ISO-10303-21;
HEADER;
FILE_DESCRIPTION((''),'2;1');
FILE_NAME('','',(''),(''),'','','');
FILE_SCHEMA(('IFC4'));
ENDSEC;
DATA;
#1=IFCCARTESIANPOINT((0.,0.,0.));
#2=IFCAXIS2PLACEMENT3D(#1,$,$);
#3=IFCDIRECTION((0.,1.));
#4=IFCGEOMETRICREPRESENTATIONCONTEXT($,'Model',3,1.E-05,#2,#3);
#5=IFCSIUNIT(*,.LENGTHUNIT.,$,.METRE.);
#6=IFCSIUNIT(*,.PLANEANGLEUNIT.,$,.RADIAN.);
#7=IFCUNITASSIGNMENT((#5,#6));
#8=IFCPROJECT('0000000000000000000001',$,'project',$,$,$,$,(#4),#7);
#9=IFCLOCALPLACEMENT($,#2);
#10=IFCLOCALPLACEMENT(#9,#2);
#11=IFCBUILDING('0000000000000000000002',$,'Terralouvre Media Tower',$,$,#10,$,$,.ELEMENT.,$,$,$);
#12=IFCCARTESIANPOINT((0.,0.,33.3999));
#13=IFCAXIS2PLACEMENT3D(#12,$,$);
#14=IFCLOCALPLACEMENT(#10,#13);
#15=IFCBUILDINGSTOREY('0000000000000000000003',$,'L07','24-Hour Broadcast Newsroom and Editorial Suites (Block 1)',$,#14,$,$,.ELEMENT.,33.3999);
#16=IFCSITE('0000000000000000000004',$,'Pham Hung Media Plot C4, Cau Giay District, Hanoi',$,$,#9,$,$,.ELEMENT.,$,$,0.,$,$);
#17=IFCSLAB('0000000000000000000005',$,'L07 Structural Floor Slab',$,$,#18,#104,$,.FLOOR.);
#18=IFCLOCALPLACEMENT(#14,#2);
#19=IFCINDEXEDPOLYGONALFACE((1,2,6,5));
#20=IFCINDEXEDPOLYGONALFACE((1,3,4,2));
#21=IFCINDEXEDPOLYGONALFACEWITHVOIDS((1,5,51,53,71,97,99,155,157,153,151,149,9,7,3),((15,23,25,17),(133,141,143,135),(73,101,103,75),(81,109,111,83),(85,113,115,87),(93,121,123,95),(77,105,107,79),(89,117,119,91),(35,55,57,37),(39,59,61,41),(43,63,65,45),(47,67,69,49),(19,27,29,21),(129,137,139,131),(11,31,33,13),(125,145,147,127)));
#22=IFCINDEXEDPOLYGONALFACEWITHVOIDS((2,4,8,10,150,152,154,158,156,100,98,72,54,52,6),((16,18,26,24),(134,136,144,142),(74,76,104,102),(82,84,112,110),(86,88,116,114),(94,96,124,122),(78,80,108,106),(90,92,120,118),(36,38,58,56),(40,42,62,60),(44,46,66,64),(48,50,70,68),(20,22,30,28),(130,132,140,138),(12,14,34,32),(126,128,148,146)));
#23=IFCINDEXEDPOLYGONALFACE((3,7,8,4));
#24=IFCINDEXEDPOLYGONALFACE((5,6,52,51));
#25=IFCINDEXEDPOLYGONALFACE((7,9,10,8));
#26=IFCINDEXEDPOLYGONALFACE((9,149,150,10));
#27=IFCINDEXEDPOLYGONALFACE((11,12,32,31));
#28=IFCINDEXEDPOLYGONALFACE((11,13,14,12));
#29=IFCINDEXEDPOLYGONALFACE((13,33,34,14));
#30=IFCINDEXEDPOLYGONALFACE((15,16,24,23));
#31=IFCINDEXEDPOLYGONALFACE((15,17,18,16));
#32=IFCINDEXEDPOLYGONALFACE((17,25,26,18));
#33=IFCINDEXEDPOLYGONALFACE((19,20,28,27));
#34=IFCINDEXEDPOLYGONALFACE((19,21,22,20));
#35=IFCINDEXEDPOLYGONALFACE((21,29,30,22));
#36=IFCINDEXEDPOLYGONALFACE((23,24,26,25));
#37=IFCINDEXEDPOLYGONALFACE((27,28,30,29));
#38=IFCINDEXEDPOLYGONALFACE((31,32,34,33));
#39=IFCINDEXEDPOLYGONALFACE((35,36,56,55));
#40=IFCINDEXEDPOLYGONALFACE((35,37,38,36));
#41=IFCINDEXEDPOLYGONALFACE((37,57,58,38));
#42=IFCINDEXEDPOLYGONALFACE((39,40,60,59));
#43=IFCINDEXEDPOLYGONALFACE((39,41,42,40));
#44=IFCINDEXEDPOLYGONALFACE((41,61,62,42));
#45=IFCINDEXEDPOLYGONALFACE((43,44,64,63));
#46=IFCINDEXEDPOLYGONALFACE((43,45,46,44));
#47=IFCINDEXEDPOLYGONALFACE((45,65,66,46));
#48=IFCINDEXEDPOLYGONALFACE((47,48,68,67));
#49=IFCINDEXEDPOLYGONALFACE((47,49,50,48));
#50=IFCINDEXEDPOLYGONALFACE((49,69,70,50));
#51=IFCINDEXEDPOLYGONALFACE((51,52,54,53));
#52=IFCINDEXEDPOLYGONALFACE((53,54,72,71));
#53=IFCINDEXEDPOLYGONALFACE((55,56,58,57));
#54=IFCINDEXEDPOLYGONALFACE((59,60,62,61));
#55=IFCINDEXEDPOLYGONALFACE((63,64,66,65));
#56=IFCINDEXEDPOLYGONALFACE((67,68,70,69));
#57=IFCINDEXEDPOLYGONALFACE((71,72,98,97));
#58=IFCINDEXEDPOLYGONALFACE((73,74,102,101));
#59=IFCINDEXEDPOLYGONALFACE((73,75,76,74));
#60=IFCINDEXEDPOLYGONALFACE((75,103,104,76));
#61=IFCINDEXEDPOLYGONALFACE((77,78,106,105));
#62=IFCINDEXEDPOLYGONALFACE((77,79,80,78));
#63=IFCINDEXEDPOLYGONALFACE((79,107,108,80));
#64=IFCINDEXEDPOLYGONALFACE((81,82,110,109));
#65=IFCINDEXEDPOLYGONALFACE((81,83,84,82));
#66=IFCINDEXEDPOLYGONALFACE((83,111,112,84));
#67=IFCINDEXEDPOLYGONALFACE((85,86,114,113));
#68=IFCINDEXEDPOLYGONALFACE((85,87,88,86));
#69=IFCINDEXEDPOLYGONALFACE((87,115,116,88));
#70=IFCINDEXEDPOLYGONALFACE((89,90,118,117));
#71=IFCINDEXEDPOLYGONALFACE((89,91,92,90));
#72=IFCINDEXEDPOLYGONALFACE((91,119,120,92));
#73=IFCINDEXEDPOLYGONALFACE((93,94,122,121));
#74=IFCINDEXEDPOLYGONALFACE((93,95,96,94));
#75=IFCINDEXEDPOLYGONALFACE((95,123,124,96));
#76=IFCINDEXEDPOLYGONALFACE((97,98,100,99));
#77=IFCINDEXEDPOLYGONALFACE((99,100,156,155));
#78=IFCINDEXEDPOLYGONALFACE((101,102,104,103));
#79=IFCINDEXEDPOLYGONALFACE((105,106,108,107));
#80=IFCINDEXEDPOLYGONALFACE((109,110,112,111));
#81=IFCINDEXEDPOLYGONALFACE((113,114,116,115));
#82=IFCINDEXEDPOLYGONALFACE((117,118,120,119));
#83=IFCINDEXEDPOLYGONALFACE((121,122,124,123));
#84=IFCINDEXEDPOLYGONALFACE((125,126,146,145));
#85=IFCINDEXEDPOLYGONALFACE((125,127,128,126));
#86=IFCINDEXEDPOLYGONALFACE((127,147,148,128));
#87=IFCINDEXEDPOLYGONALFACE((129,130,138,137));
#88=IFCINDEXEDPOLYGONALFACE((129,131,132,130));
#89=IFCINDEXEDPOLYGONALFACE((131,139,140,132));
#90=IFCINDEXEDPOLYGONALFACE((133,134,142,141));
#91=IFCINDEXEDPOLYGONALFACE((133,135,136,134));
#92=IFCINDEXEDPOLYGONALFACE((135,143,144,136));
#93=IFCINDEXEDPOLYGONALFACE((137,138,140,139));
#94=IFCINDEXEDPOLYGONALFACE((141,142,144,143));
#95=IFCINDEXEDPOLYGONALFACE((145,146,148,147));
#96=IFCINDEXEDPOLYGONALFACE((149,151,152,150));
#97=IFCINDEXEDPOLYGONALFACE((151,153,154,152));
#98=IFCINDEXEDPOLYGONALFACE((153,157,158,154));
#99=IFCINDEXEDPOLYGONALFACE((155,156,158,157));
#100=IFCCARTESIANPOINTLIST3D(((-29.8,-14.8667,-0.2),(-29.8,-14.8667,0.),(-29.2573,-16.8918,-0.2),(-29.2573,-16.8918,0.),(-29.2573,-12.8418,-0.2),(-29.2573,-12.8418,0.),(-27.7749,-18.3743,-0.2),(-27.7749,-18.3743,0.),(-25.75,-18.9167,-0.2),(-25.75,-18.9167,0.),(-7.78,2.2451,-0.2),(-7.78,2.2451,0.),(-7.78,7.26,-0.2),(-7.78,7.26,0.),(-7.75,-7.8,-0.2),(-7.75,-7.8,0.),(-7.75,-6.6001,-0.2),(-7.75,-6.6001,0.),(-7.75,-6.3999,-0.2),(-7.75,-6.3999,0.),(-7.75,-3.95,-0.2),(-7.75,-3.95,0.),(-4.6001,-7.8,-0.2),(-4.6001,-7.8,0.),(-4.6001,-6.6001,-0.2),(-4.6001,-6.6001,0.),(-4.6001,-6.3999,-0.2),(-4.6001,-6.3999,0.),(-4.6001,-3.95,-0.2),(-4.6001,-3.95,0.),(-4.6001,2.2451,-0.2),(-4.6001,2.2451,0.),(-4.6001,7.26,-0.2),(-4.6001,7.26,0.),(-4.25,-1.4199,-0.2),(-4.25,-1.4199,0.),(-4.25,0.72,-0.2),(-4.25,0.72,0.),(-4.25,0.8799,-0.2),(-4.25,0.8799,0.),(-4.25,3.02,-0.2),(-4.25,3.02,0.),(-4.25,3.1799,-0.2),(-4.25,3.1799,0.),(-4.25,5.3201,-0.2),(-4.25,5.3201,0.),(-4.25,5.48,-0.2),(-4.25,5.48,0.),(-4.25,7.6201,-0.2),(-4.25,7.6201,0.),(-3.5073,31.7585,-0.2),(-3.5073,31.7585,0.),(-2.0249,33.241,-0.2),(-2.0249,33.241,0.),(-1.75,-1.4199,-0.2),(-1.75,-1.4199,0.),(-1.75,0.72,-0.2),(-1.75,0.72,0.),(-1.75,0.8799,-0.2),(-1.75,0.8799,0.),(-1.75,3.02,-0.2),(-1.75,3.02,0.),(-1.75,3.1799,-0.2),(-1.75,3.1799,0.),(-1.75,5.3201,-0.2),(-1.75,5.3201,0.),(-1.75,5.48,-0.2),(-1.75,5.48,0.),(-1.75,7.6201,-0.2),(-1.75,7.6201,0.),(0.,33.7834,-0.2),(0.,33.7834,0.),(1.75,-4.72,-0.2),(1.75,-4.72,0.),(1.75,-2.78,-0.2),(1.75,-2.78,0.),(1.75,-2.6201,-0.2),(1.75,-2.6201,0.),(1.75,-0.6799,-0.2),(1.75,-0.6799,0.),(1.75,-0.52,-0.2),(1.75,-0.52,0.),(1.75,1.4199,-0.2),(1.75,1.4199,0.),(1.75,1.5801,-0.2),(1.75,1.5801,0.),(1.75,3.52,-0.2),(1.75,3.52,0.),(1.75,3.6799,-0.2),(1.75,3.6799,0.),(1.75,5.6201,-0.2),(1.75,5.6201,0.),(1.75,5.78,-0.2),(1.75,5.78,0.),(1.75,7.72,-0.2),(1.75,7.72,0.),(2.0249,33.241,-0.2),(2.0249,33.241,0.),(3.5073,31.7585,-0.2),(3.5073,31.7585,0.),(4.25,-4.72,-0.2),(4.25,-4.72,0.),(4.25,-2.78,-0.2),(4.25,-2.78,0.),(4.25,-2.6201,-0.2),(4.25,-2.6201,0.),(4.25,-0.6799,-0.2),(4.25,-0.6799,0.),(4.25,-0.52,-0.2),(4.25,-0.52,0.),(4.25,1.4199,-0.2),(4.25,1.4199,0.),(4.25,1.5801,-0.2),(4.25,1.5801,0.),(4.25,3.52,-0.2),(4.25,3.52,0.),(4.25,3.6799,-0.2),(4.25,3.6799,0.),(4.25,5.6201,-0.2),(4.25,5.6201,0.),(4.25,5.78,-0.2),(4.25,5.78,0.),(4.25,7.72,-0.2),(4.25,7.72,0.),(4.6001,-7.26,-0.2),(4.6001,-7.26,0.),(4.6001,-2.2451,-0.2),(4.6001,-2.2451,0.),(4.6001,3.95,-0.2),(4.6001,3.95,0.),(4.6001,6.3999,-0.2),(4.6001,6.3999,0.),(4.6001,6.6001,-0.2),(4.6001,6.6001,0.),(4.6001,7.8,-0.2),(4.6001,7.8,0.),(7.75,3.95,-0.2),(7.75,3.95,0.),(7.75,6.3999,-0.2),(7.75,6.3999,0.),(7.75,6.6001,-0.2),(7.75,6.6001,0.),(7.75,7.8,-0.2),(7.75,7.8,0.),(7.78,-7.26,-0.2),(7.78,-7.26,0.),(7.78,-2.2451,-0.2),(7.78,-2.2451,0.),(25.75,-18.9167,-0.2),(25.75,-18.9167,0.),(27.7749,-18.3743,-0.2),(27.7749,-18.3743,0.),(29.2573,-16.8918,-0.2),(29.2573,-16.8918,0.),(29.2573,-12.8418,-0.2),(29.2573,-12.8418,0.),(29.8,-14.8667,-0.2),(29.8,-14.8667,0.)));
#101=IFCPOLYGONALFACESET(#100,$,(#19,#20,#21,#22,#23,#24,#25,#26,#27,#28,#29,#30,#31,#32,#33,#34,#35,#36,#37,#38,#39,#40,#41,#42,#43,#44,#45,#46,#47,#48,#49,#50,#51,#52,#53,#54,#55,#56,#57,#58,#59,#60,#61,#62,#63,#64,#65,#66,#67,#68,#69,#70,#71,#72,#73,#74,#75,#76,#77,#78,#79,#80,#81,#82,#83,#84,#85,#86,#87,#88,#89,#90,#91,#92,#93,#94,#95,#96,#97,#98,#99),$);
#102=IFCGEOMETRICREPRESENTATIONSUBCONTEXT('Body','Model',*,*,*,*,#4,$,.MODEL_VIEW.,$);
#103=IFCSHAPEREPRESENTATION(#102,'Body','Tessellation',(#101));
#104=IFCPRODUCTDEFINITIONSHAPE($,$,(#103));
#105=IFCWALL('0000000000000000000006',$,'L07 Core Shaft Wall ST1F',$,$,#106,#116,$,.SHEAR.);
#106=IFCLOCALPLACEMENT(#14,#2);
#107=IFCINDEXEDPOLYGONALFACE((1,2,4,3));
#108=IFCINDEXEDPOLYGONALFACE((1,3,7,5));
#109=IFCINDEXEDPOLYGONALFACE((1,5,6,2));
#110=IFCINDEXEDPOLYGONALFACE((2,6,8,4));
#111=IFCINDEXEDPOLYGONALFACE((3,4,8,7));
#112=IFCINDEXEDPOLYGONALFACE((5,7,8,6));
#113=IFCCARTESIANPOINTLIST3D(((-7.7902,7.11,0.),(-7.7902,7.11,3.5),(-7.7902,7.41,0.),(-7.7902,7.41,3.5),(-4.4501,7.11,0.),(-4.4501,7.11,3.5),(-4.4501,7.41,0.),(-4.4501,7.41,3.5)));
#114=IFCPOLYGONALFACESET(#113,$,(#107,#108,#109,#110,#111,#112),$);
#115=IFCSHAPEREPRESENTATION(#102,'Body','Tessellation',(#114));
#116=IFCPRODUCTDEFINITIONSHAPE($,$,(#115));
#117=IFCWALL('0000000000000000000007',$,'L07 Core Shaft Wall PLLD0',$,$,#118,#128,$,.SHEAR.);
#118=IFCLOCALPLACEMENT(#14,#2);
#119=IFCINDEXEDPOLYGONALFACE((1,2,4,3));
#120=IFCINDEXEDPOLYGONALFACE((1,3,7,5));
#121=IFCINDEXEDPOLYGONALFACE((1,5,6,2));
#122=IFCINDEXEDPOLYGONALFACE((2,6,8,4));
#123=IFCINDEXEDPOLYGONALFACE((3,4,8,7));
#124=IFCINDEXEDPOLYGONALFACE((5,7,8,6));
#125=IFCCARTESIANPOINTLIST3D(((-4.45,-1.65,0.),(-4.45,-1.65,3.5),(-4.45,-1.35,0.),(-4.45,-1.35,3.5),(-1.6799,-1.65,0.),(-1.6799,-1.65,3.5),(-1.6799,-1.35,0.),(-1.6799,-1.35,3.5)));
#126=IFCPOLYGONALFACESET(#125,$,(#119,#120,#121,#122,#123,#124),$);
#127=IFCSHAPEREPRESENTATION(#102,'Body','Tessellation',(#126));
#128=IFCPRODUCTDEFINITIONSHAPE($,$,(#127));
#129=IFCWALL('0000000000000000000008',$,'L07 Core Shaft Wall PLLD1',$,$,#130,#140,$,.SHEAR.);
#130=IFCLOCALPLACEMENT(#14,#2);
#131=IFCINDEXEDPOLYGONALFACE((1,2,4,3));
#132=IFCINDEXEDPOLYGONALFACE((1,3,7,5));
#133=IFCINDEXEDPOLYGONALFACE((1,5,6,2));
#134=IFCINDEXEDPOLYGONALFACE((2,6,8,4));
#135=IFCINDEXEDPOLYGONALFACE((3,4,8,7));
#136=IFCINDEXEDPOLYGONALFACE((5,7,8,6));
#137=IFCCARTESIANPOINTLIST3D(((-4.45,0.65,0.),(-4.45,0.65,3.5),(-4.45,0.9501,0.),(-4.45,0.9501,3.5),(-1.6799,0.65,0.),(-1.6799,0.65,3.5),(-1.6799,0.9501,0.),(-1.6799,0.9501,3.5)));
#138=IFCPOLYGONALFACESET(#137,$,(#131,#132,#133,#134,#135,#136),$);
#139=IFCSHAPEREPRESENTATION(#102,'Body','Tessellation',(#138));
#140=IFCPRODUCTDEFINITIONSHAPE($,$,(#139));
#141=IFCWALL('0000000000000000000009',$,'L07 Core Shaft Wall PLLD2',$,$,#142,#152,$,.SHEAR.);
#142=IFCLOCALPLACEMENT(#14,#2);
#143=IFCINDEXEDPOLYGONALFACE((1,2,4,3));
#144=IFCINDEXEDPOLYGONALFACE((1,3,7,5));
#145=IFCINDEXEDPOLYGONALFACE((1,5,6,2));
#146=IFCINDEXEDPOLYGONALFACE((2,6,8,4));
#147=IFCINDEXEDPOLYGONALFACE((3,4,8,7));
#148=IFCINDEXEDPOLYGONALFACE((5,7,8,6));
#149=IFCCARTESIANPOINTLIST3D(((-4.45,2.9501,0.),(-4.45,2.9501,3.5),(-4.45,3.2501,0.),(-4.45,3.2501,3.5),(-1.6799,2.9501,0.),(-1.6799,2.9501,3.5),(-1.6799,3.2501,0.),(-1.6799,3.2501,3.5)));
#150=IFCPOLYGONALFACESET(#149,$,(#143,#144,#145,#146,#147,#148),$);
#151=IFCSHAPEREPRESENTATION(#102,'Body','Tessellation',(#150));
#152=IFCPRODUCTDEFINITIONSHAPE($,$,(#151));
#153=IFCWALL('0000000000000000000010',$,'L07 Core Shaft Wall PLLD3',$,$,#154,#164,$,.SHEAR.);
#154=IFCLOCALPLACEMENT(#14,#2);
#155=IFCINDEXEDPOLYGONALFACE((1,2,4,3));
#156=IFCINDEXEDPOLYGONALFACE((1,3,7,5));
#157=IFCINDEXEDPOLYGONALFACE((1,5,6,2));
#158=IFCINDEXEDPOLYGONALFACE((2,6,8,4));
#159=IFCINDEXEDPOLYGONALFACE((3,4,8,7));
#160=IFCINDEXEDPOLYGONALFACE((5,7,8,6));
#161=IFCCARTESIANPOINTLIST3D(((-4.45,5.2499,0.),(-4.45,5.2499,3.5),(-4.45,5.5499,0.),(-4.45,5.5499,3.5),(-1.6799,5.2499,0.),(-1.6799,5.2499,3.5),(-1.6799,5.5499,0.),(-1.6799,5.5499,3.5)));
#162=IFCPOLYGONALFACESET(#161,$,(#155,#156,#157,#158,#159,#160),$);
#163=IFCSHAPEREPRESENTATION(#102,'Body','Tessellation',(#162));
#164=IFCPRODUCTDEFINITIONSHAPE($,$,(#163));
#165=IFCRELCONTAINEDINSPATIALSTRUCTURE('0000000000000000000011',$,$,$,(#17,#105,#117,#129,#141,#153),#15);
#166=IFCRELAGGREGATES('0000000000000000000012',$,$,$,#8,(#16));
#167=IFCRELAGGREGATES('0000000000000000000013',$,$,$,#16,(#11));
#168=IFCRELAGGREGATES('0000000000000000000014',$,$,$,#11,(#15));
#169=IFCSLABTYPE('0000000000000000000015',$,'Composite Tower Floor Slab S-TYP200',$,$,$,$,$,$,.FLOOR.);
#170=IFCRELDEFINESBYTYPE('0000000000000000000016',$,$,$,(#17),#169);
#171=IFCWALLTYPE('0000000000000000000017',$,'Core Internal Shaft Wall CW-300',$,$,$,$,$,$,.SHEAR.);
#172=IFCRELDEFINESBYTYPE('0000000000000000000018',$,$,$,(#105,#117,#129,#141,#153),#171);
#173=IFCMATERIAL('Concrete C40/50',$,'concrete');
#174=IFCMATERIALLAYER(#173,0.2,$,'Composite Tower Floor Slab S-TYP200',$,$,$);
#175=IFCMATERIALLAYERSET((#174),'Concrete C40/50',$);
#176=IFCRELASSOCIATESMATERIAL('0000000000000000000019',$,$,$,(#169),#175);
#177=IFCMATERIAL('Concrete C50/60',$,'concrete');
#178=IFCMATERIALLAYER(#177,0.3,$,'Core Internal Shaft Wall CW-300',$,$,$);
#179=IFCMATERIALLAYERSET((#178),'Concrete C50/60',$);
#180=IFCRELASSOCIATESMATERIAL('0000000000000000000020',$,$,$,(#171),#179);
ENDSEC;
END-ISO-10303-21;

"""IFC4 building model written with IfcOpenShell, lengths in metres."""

from ifc_helpers import new_model, si_unit, direction, frame, frame_2d, origin, place, context, subcontext, project, spatial, polyline, rectangle, outline, extrude, material, layer, layer_set, type_object, element, save


model = new_model("IFC4")

# Units and contexts
model_context = context("Model", 3, precision=1e-05, world=origin(), true_north=direction((0.0, 1.0)))
body_context = subcontext(model_context, "Body", "Model", "MODEL_VIEW")
ifc_project = project(units=[si_unit("LENGTHUNIT", "METRE"), si_unit("PLANEANGLEUNIT", "RADIAN")], contexts=[model_context])

# Site, building, storey
site_placement = place(None, origin())
site = spatial("IfcSite", under=ifc_project, at=site_placement, Name="Pham Hung Media Plot C4, Cau Giay District, Hanoi", CompositionType="ELEMENT", RefElevation=0.0)
building_placement = place(site_placement, origin())
building = spatial("IfcBuilding", under=site, at=building_placement, Name="Terralouvre Media Tower", CompositionType="ELEMENT")
storey_placement = place(building_placement, frame((0.0, 0.0, 33.3999)))
storey = spatial("IfcBuildingStorey", under=building, at=storey_placement, Name="L07", Description="24-Hour Broadcast Newsroom and Editorial Suites (Block 1)", CompositionType="ELEMENT", Elevation=33.3999)

# Slab
ifc_material_1 = material(Name="Concrete C40/50", Category="concrete")
ifc_layer_1 = layer(ifc_material_1, 0.2, Name="Composite Tower Floor Slab S-TYP200")
ifc_layer_set_1 = layer_set([ifc_layer_1], Name="Concrete C40/50")
slab_type = type_object("IfcSlabType", Name="Composite Tower Floor Slab S-TYP200", PredefinedType="FLOOR", material=ifc_layer_set_1)
slab_placement = place(storey_placement, frame((0.0, 0.0, -0.2)))
element("IfcSlab", 1, at=slab_placement, inside=storey, type_object=slab_type, Name="L07 Structural Floor Slab", PredefinedType="FLOOR", context=body_context, shape_type="SweptSolid", body=[
    extrude(outline(polyline([(-29.2573, -12.8418), (-29.8, -14.8667), (-29.2573, -16.8918), (-27.7749, -18.3743), (-25.75, -18.9167), (25.75, -18.9167), (27.7749, -18.3743), (29.2573, -16.8918), (29.8, -14.8667), (29.2573, -12.8418), (3.5073, 31.7585), (2.0249, 33.241), (0.0, 33.7834), (-2.0249, 33.241), (-3.5073, 31.7585), (-29.2573, -12.8418)]), holes=[polyline([(-4.6001, -7.8), (-7.75, -7.8), (-7.75, -6.6001), (-4.6001, -6.6001), (-4.6001, -7.8)]), polyline([(-4.6001, -6.3999), (-7.75, -6.3999), (-7.75, -3.95), (-4.6001, -3.95), (-4.6001, -6.3999)]), polyline([(-1.75, -1.4199), (-4.25, -1.4199), (-4.25, 0.72), (-1.75, 0.72), (-1.75, -1.4199)]), polyline([(-1.75, 0.8799), (-4.25, 0.8799), (-4.25, 3.02), (-1.75, 3.02), (-1.75, 0.8799)]), polyline([(4.25, 1.5801), (1.75, 1.5801), (1.75, 3.52), (4.25, 3.52), (4.25, 1.5801)]), polyline([(-1.75, 3.1799), (-4.25, 3.1799), (-4.25, 5.3201), (-1.75, 5.3201), (-1.75, 3.1799)]), polyline([(-4.6001, 2.2451), (-7.78, 2.2451), (-7.78, 7.26), (-4.6001, 7.26), (-4.6001, 2.2451)]), polyline([(-1.75, 5.48), (-4.25, 5.48), (-4.25, 7.6201), (-1.75, 7.6201), (-1.75, 5.48)]), polyline([(4.6001, -2.2451), (7.78, -2.2451), (7.78, -7.26), (4.6001, -7.26), (4.6001, -2.2451)]), polyline([(4.25, -4.72), (1.75, -4.72), (1.75, -2.78), (4.25, -2.78), (4.25, -4.72)]), polyline([(4.25, -2.6201), (1.75, -2.6201), (1.75, -0.6799), (4.25, -0.6799), (4.25, -2.6201)]), polyline([(4.25, -0.52), (1.75, -0.52), (1.75, 1.4199), (4.25, 1.4199), (4.25, -0.52)]), polyline([(4.25, 3.6799), (1.75, 3.6799), (1.75, 5.6201), (4.25, 5.6201), (4.25, 3.6799)]), polyline([(7.75, 3.95), (4.6001, 3.95), (4.6001, 6.3999), (7.75, 6.3999), (7.75, 3.95)]), polyline([(4.25, 5.78), (1.75, 5.78), (1.75, 7.72), (4.25, 7.72), (4.25, 5.78)]), polyline([(7.75, 6.6001), (4.6001, 6.6001), (4.6001, 7.8), (7.75, 7.8), (7.75, 6.6001)])]), origin(), (0.0, 0.0, 1.0), 0.2),
])

# Shared definitions
ifc_material_2 = material(Name="Concrete C50/60", Category="concrete")
ifc_layer_2 = layer(ifc_material_2, 0.3, Name="Core Internal Shaft Wall CW-300")
ifc_layer_set_2 = layer_set([ifc_layer_2], Name="Concrete C50/60")
wall_type_1 = type_object("IfcWallType", Name="Core Internal Shaft Wall CW-300", PredefinedType="SHEAR", material=ifc_layer_set_2)

# Walls
wall_1_placement = place(storey_placement, frame((-7.79, 7.26, 0.0), z_axis=(0.0, 0.0, 1.0), x_axis=(1.0, 0.0, 0.0)))
element("IfcWall", 2, at=wall_1_placement, inside=storey, type_object=wall_type_1, Name="L07 Core Shaft Wall ST1F", PredefinedType="SHEAR", context=body_context, shape_type="SweptSolid", body=[
    extrude(rectangle(XDim=3.3401, YDim=0.3, at=frame_2d((1.6699, 0.0))), origin(), (0.0, 0.0, 1.0), 3.5),
])
for number, where, z_axis, x_axis, name in (
    (3, (-4.45, -1.5, 0.0), (0.0, 0.0, 1.0), (1.0, 0.0, 0.0), "L07 Core Shaft Wall PLLD0"),
    (4, (-4.45, 0.8, 0.0), (0.0, 0.0, 1.0), (1.0, 0.0, 0.0), "L07 Core Shaft Wall PLLD1"),
    (5, (-4.45, 3.1001, 0.0), (0.0, 0.0, 1.0), (1.0, 0.0, 0.0), "L07 Core Shaft Wall PLLD2"),
    (6, (-4.45, 5.3999, 0.0), (0.0, 0.0, 1.0), (1.0, 0.0, 0.0), "L07 Core Shaft Wall PLLD3"),
):
    element("IfcWall", number, at=place(storey_placement, frame(where, z_axis=z_axis, x_axis=x_axis)), inside=storey, type_object=wall_type_1, Name=name, PredefinedType="SHEAR", context=body_context, shape_type="SweptSolid", body=[
        extrude(rectangle(XDim=2.77, YDim=0.3, at=frame_2d((1.385, 0.0))), origin(), (0.0, 0.0, 1.0), 3.5),
    ])

save(model, "model.ifc")
